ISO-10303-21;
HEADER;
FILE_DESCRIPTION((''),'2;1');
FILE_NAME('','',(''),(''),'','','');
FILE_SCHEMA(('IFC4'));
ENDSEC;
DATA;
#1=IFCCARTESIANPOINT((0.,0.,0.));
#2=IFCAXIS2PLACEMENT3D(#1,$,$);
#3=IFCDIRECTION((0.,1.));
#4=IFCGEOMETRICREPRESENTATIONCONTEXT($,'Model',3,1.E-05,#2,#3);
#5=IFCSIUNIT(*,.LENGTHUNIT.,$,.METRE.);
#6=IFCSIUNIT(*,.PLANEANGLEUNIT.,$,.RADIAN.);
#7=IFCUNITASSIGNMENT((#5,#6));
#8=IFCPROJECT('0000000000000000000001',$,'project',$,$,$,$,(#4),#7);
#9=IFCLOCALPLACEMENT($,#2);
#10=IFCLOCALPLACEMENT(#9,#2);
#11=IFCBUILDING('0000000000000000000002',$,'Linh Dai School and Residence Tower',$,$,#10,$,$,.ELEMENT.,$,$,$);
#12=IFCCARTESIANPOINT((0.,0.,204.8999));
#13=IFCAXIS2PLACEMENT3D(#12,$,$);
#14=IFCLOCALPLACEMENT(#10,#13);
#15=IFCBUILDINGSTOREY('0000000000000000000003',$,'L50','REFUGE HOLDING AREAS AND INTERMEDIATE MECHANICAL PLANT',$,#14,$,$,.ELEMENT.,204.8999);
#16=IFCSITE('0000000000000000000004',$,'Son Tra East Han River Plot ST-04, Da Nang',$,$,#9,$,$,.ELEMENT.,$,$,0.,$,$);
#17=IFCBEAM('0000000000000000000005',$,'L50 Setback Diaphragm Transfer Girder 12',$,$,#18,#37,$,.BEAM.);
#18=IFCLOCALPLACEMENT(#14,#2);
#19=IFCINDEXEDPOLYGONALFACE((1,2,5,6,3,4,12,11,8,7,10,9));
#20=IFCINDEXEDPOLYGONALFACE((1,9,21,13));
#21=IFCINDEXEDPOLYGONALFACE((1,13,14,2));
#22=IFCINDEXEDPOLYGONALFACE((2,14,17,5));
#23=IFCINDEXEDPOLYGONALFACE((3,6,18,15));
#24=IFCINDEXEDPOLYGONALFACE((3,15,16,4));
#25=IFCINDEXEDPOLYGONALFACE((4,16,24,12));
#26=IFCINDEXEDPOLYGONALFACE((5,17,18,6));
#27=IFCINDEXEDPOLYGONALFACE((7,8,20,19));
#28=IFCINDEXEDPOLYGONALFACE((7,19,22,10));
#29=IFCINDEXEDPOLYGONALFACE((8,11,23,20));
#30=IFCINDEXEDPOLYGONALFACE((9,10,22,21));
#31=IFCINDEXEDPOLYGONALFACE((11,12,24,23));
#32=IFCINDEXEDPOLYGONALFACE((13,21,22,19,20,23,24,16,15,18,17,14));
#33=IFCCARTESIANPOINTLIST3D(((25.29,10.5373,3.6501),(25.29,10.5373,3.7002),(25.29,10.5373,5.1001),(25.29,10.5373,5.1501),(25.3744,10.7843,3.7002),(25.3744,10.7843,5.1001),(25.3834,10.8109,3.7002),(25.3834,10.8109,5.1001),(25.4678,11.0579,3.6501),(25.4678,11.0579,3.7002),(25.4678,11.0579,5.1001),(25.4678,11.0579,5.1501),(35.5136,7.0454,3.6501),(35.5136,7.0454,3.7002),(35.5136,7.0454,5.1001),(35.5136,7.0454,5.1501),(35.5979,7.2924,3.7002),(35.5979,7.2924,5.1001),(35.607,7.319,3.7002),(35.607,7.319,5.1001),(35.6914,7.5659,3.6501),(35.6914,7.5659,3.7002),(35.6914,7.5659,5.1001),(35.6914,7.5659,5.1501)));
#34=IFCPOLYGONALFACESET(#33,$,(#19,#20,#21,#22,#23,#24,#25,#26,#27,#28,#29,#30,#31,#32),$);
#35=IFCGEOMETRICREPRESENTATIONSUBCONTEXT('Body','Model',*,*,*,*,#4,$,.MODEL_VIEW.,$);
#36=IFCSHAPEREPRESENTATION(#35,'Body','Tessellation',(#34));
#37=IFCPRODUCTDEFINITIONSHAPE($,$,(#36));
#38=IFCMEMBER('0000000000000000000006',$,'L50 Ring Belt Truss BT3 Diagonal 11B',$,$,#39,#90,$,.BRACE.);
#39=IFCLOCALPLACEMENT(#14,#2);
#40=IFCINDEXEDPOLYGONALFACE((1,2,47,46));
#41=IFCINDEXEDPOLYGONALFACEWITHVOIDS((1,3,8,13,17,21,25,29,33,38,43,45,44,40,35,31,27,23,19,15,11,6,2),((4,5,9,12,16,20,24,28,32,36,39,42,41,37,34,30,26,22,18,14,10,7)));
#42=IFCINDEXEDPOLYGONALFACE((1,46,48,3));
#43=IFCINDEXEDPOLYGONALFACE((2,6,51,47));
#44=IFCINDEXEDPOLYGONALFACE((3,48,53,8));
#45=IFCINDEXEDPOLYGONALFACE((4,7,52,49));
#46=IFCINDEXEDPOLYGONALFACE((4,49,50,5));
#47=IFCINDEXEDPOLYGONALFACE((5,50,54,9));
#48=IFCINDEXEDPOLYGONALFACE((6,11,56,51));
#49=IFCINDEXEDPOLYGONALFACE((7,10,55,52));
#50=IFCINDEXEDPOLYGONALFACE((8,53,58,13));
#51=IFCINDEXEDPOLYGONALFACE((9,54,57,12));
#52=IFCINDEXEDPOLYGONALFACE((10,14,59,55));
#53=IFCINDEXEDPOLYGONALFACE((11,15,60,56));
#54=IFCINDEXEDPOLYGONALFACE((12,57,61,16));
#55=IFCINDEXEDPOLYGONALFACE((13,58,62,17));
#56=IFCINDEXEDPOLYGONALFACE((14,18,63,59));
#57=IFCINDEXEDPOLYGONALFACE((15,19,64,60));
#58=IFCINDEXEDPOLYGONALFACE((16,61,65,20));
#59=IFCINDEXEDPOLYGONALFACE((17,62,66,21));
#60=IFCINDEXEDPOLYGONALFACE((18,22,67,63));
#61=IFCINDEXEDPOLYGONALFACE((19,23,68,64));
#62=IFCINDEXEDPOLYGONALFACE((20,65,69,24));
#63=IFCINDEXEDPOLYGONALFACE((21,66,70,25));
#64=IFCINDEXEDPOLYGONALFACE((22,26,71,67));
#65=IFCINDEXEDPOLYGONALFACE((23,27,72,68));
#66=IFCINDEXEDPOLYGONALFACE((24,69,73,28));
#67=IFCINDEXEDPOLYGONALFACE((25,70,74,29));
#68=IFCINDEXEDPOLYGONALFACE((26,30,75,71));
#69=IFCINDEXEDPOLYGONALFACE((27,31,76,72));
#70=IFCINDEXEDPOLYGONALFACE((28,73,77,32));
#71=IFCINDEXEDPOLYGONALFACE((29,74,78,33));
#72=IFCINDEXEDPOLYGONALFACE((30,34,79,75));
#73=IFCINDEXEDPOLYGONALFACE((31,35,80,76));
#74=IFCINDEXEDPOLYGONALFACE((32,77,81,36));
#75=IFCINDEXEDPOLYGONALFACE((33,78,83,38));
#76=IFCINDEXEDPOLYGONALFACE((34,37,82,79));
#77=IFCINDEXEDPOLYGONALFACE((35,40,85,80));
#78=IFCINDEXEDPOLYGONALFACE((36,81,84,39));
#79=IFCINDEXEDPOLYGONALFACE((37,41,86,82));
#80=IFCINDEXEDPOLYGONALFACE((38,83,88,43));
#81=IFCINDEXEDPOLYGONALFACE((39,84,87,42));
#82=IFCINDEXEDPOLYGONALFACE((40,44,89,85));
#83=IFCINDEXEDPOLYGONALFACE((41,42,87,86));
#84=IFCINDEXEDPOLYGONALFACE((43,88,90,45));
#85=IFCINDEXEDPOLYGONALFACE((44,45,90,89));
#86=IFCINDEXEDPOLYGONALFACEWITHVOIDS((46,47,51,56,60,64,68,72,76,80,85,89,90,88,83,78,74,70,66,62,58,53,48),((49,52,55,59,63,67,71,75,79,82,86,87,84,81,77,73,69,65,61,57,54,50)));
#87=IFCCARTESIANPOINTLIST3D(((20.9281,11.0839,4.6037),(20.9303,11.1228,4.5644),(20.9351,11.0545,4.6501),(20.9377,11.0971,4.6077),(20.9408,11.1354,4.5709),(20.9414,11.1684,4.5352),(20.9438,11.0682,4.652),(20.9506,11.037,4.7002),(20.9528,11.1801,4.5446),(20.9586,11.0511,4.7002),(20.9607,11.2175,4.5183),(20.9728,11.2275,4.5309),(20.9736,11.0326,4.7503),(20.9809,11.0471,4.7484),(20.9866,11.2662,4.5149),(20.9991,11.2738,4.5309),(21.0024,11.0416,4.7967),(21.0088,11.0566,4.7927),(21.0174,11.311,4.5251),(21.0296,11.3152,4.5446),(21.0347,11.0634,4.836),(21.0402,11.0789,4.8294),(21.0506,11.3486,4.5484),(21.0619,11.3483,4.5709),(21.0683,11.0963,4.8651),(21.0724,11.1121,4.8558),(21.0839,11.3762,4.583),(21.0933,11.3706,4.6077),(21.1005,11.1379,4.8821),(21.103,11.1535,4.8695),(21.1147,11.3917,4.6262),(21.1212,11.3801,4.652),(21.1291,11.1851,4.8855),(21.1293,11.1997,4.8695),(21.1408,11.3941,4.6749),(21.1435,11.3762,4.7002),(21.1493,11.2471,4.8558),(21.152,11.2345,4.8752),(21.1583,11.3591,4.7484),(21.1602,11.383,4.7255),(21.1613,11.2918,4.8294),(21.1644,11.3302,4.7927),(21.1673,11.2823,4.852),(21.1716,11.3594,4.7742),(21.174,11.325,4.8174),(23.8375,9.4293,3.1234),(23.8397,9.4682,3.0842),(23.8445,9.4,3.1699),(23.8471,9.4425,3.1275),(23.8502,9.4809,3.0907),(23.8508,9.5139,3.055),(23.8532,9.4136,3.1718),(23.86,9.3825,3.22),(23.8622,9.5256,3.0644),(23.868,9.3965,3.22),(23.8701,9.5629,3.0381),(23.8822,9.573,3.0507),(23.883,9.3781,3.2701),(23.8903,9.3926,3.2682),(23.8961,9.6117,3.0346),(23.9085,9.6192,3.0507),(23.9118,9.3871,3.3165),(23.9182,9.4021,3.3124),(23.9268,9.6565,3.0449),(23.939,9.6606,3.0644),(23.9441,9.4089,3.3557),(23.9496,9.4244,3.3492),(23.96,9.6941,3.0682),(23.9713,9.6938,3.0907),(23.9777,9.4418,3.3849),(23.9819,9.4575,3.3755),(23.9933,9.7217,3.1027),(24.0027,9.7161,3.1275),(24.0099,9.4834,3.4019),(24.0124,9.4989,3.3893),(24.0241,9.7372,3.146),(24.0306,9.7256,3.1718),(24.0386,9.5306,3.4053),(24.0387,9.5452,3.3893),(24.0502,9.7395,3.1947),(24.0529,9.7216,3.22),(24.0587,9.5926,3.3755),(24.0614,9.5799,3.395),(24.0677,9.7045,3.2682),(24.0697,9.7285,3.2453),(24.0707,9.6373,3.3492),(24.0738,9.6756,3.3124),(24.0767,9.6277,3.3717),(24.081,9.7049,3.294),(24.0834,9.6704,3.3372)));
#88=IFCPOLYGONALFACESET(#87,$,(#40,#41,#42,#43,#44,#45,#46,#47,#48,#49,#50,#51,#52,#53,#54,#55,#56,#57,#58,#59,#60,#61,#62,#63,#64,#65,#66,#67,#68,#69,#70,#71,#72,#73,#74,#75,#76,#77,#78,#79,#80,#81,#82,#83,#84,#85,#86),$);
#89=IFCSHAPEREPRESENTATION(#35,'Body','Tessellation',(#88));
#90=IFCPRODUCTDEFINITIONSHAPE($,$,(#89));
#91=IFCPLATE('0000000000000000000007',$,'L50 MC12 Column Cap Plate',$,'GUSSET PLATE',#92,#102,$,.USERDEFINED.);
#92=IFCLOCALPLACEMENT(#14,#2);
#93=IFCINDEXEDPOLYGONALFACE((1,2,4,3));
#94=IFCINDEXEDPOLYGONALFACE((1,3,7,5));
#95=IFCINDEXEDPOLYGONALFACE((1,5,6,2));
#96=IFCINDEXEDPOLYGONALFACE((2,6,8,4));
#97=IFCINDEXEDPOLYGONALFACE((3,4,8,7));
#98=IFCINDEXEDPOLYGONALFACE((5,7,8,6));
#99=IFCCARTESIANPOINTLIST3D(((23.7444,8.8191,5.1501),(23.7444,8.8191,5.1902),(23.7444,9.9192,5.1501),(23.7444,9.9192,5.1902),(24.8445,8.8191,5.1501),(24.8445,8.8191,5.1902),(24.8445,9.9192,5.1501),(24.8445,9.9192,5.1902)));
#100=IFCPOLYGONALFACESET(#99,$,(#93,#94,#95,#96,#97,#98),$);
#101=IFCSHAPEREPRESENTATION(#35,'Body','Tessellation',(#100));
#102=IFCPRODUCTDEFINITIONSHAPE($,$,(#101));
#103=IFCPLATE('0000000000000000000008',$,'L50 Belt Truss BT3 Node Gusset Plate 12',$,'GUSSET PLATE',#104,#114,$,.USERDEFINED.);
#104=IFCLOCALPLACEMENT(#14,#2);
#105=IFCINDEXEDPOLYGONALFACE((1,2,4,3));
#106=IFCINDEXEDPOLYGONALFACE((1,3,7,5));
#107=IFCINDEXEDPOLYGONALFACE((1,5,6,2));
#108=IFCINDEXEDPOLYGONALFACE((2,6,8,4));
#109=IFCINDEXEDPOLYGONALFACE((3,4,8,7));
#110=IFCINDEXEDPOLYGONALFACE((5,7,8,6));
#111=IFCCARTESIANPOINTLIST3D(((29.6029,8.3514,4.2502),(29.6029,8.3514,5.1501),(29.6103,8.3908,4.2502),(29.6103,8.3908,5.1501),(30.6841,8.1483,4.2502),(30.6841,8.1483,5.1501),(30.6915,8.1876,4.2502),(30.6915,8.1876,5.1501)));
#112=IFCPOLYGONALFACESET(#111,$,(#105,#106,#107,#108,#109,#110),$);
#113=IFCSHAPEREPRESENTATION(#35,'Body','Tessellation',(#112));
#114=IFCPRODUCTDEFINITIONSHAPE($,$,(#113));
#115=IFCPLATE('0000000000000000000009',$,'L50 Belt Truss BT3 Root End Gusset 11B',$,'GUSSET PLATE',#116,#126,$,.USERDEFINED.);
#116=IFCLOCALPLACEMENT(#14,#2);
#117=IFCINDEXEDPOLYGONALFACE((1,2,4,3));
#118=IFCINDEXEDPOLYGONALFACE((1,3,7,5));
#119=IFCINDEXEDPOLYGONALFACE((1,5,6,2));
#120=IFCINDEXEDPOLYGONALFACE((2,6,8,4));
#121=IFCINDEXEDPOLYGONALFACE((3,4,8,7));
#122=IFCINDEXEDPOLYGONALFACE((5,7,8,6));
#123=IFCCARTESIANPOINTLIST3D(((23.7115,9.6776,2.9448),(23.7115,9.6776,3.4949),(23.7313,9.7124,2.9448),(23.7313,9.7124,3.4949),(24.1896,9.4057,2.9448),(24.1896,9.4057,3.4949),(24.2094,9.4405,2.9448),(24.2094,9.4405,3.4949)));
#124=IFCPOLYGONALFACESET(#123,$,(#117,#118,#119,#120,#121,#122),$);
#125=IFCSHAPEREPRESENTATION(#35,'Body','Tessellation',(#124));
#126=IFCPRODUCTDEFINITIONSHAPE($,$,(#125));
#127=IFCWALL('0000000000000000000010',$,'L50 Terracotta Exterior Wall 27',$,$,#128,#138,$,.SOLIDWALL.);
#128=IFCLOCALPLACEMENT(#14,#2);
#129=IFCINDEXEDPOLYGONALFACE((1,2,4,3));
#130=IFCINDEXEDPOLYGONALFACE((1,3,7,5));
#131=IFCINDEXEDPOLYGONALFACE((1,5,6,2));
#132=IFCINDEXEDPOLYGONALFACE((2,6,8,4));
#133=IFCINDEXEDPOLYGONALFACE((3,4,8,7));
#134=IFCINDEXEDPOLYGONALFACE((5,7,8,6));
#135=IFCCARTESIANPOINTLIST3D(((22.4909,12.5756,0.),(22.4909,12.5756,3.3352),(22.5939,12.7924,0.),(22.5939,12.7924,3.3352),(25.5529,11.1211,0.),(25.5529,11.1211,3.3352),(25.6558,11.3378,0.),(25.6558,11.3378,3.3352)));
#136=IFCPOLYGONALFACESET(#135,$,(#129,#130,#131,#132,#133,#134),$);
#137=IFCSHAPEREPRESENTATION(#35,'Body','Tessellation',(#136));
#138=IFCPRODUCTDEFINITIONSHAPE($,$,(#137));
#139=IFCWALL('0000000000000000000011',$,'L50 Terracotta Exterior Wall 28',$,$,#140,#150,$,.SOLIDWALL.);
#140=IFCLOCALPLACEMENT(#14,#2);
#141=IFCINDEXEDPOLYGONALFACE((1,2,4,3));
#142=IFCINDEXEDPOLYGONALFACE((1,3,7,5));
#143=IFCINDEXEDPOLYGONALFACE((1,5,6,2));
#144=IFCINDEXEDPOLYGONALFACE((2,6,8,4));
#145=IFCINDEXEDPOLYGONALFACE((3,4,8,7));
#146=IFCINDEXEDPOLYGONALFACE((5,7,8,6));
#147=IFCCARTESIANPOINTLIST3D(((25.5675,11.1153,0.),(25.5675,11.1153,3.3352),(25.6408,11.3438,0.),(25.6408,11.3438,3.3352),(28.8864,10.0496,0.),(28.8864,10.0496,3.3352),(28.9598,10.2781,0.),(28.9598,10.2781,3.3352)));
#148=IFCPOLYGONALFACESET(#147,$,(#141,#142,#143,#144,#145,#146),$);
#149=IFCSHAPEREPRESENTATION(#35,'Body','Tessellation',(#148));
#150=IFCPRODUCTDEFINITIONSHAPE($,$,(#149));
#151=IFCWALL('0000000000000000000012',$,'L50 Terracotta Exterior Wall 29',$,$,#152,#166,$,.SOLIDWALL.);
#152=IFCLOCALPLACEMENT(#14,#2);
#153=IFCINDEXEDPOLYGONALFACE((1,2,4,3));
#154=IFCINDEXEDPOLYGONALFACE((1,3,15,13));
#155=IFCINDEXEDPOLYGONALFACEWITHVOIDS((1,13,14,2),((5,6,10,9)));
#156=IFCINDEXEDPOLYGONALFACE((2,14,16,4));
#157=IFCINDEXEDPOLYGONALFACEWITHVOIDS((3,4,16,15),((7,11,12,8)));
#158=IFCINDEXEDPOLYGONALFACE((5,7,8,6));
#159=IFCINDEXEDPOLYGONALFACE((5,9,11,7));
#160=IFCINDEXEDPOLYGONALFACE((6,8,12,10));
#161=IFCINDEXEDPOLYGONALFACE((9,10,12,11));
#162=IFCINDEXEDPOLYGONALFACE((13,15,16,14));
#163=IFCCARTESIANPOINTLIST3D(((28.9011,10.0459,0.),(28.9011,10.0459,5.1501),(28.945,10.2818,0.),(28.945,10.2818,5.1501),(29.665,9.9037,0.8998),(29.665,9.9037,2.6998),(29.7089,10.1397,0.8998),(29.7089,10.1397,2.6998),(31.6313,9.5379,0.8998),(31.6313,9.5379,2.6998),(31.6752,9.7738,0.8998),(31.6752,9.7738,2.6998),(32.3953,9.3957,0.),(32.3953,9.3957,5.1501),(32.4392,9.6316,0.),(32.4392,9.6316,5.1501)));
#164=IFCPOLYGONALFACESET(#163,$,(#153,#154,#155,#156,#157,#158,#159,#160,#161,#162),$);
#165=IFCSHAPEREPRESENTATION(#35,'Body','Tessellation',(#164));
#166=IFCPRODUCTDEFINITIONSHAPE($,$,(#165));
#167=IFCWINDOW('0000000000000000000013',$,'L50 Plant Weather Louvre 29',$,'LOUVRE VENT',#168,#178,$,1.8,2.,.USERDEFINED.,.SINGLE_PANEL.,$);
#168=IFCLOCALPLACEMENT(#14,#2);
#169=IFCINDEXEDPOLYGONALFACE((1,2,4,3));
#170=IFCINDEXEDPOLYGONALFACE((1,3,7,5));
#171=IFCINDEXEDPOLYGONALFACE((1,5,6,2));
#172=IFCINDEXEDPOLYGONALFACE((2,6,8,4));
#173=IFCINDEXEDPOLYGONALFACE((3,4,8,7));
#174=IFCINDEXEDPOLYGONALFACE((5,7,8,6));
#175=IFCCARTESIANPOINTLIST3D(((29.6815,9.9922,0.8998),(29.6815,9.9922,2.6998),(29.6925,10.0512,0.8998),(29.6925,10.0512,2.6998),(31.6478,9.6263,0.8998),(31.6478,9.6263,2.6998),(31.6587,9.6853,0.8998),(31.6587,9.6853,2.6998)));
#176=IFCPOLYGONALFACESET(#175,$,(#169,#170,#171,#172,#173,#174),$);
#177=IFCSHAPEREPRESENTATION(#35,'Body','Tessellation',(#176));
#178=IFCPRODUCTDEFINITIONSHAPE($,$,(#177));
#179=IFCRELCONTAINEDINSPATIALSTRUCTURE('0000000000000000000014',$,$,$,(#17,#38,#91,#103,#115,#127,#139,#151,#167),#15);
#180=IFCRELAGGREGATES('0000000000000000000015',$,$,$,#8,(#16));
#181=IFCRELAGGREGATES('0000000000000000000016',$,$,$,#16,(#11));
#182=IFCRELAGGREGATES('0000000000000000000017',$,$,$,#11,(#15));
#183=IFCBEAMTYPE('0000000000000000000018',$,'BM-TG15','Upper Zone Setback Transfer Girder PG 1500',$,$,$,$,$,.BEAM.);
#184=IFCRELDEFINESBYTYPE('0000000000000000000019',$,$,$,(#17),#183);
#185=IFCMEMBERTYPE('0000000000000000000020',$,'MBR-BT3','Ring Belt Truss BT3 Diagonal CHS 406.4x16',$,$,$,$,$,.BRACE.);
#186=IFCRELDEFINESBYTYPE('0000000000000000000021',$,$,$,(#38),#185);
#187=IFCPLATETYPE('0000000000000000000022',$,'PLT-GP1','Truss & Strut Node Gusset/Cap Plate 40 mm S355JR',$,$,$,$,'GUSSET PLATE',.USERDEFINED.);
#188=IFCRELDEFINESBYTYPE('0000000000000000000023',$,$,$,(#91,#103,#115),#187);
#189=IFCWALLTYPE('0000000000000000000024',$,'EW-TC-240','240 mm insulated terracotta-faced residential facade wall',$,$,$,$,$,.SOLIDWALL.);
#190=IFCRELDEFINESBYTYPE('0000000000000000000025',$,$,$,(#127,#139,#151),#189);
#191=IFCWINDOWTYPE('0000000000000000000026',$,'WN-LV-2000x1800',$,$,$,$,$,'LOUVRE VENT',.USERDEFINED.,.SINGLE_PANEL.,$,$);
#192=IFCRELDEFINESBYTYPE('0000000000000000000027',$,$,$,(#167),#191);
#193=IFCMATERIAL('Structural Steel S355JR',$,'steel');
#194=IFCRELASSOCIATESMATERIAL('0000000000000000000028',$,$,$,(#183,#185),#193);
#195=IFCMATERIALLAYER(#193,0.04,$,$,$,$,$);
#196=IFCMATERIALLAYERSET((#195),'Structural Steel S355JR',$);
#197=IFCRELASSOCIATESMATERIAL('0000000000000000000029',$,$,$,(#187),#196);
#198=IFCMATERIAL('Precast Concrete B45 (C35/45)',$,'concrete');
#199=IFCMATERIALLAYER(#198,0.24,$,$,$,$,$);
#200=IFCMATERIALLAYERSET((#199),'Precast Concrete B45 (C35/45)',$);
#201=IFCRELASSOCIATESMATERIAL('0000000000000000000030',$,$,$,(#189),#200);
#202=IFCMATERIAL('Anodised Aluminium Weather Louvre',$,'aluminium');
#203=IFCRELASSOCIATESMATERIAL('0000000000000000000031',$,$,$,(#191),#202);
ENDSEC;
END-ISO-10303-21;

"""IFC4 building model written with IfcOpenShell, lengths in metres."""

from ifc_helpers import new_model, si_unit, direction, frame, frame_2d, origin, origin_2d, place, context, subcontext, project, spatial, rectangle, hollow_circle, i_section, extrude, source, transform, mapped, material, layer, layer_set, material_profile, profile_set, type_object, element, fill, save


model = new_model("IFC4")

# Units and contexts
model_context = context("Model", 3, precision=1e-05, world=origin(), true_north=direction((0.0, 1.0)))
body_context = subcontext(model_context, "Body", "Model", "MODEL_VIEW")
ifc_project = project(units=[si_unit("LENGTHUNIT", "METRE"), si_unit("PLANEANGLEUNIT", "RADIAN")], contexts=[model_context])

# Site, building, storey
site_placement = place(None, origin())
site = spatial("IfcSite", under=ifc_project, at=site_placement, Name="Son Tra East Han River Plot ST-04, Da Nang", CompositionType="ELEMENT", RefElevation=0.0)
building_placement = place(site_placement, origin())
building = spatial("IfcBuilding", under=site, at=building_placement, Name="Linh Dai School and Residence Tower", CompositionType="ELEMENT")
storey_placement = place(building_placement, frame((0.0, 0.0, 204.8999)))
storey = spatial("IfcBuildingStorey", under=building, at=storey_placement, Name="L50", Description="REFUGE HOLDING AREAS AND INTERMEDIATE MECHANICAL PLANT", CompositionType="ELEMENT", Elevation=204.8999)

# Shared definitions
ifc_material_1 = material(Name="Structural Steel S355JR", Category="steel")

# Beam
ifc_material_profile_1 = material_profile(ifc_material_1, i_section(OverallWidth=0.55, OverallDepth=1.5, WebThickness=0.0281, FlangeThickness=0.05, at=origin_2d()), Name="PG 1500x550x28x50")
ifc_profile_set_1 = profile_set([ifc_material_profile_1], Name="Structural Steel S355JR")
beam_type_1 = type_object("IfcBeamType", Name="BM-TG15", Description="Upper Zone Setback Transfer Girder PG 1500", PredefinedType="BEAM", material=ifc_profile_set_1)
beam_1_placement = place(storey_placement, frame((25.3789, 10.7976, 4.4001), z_axis=(0.946323, -0.323222, 0.0), x_axis=(0.323222, 0.946323, 0.0)))
element("IfcBeam", 1, at=beam_1_placement, inside=storey, type_object=beam_type_1, Name="L50 Setback Diaphragm Transfer Girder 12", PredefinedType="BEAM", context=body_context, shape_type="SweptSolid", body=[
    extrude(i_section(OverallWidth=0.55, OverallDepth=1.5, WebThickness=0.0281, FlangeThickness=0.05, at=origin_2d()), origin(), (0.0, 0.0, 1.0), 10.8035),
])

# Member
ifc_material_profile_2 = material_profile(ifc_material_1, hollow_circle(Radius=0.2031, WallThickness=0.0161, at=origin_2d()), Name="CHS 406.4x16")
ifc_profile_set_2 = profile_set([ifc_material_profile_2], Name="Structural Steel S355JR")
member_type = type_object("IfcMemberType", Name="MBR-BT3", Description="Ring Belt Truss BT3 Diagonal CHS 406.4x16", PredefinedType="BRACE", material=ifc_profile_set_2)
member_placement = place(storey_placement, frame((23.9604, 9.5591, 3.22), z_axis=(-0.794992, 0.452099, 0.404467), x_axis=(-0.494339, -0.869269, 0.0)))
element("IfcMember", 2, at=member_placement, inside=storey, type_object=member_type, Name="L50 Ring Belt Truss BT3 Diagonal 11B", PredefinedType="BRACE", context=body_context, shape_type="SweptSolid", body=[
    extrude(hollow_circle(Radius=0.2031, WallThickness=0.0161, at=origin_2d()), origin(), (0.0, 0.0, 1.0), 3.6597),
])

# Plates
ifc_layer_1 = layer(ifc_material_1, 0.04)
ifc_layer_set_1 = layer_set([ifc_layer_1], Name="Structural Steel S355JR")
plate_type = type_object("IfcPlateType", Name="PLT-GP1", Description="Truss & Strut Node Gusset/Cap Plate 40 mm S355JR", ElementType="GUSSET PLATE", PredefinedType="USERDEFINED", material=ifc_layer_set_1)
shared_shape_1 = source(origin(), body_context, "Body", "SweptSolid", [
    extrude(rectangle(XDim=1.1001, YDim=1.1001, at=origin_2d()), origin(), (0.0, 0.0, 1.0), 0.04),
])
plate_1_placement = place(storey_placement, frame((24.2944, 9.3691, 5.1501), z_axis=(0.0, 0.0, 1.0), x_axis=(1.0, 0.0, 0.0)))
element("IfcPlate", 3, at=plate_1_placement, inside=storey, type_object=plate_type, Name="L50 MC12 Column Cap Plate", ObjectType="GUSSET PLATE", PredefinedType="USERDEFINED", context=body_context, shape_type="MappedRepresentation", body=[
    mapped(shared_shape_1, transform((0.0, 0.0, 0.0), x_axis=(1.0, 0.0, 0.0), y_axis=(0.0, 1.0, 0.0), z_axis=(0.0, 0.0, 1.0), scale=1.0)),
])
shared_shape_2 = source(origin(), body_context, "Body", "SweptSolid", [
    extrude(rectangle(XDim=1.1001, YDim=0.04, at=origin_2d()), origin(), (0.0, 0.0, 1.0), 0.8999),
])
plate_2_placement = place(storey_placement, frame((30.1472, 8.2695, 4.2502), z_axis=(0.0, 0.0, 1.0), x_axis=(0.982806, -0.18464, 0.0)))
element("IfcPlate", 4, at=plate_2_placement, inside=storey, type_object=plate_type, Name="L50 Belt Truss BT3 Node Gusset Plate 12", ObjectType="GUSSET PLATE", PredefinedType="USERDEFINED", context=body_context, shape_type="MappedRepresentation", body=[
    mapped(shared_shape_2, transform((0.0, 0.0, 0.0), x_axis=(1.0, 0.0, 0.0), y_axis=(0.0, 1.0, 0.0), z_axis=(0.0, 0.0, 1.0), scale=1.0)),
])
shared_shape_3 = source(origin(), body_context, "Body", "SweptSolid", [
    extrude(rectangle(XDim=0.55, YDim=0.04, at=origin_2d()), origin(), (0.0, 0.0, 1.0), 0.55),
])
plate_3_placement = place(storey_placement, frame((23.9604, 9.5591, 2.9448), z_axis=(0.0, 0.0, 1.0), x_axis=(0.869261, -0.494353, 0.0)))
element("IfcPlate", 5, at=plate_3_placement, inside=storey, type_object=plate_type, Name="L50 Belt Truss BT3 Root End Gusset 11B", ObjectType="GUSSET PLATE", PredefinedType="USERDEFINED", context=body_context, shape_type="MappedRepresentation", body=[
    mapped(shared_shape_3, transform((0.0, 0.0, 0.0), x_axis=(1.0, 0.0, 0.0), y_axis=(0.0, 1.0, 0.0), z_axis=(0.0, 0.0, 1.0), scale=1.0)),
])

# Walls
ifc_material_2 = material(Name="Precast Concrete B45 (C35/45)", Category="concrete")
ifc_layer_2 = layer(ifc_material_2, 0.24)
ifc_layer_set_2 = layer_set([ifc_layer_2], Name="Precast Concrete B45 (C35/45)")
wall_type_1 = type_object("IfcWallType", Name="EW-TC-240", Description="240 mm insulated terracotta-faced residential facade wall", PredefinedType="SOLIDWALL", material=ifc_layer_set_2)
wall_1_placement = place(storey_placement, frame((25.6042, 11.2295, 0.0), z_axis=(0.0, 0.0, 1.0), x_axis=(-0.903262, 0.429089, 0.0)))
element("IfcWall", 6, at=wall_1_placement, inside=storey, type_object=wall_type_1, Name="L50 Terracotta Exterior Wall 27", PredefinedType="SOLIDWALL", context=body_context, shape_type="SweptSolid", body=[
    extrude(rectangle(XDim=3.3899, YDim=0.24, at=frame_2d((1.6948, 0.0))), origin(), (0.0, 0.0, 1.0), 3.3352),
])
wall_2_placement = place(storey_placement, frame((28.9231, 10.1638, 0.0), z_axis=(0.0, 0.0, 1.0), x_axis=(-0.95212, 0.305724, 0.0)))
element("IfcWall", 7, at=wall_2_placement, inside=storey, type_object=wall_type_1, Name="L50 Terracotta Exterior Wall 28", PredefinedType="SOLIDWALL", context=body_context, shape_type="SweptSolid", body=[
    extrude(rectangle(XDim=3.4858, YDim=0.24, at=frame_2d((1.7429, 0.0))), origin(), (0.0, 0.0, 1.0), 3.3352),
])

# Wall, opening, window
wall_3_placement = place(storey_placement, frame((32.4172, 9.5137, 0.0), z_axis=(0.0, 0.0, 1.0), x_axis=(-0.983126, 0.182928, 0.0)))
wall_3 = element("IfcWall", 8, at=wall_3_placement, inside=storey, type_object=wall_type_1, Name="L50 Terracotta Exterior Wall 29", PredefinedType="SOLIDWALL", context=body_context, shape_type="SweptSolid", body=[
    extrude(rectangle(XDim=3.5542, YDim=0.24, at=frame_2d((1.7771, 0.0))), origin(), (0.0, 0.0, 1.0), 5.1501),
])
opening_1_placement = place(wall_3_placement, frame((0.7771, 0.0, 0.8999)))
opening_1 = element("IfcOpeningElement", 9, at=opening_1_placement, cuts=wall_3, PredefinedType="OPENING", context=body_context, shape_type="SweptSolid", body=[
    extrude(rectangle(XDim=2.0, YDim=1.8, at=origin_2d()), frame((1.0, 0.1299, 0.8999), z_axis=(0.0, -1.0, 0.0), x_axis=(1.0, 0.0, 0.0)), (0.0, 0.0, 1.0), 0.26),
])
ifc_material_3 = material(Name="Anodised Aluminium Weather Louvre", Category="aluminium")
window_type = type_object("IfcWindowType", Name="WN-LV-2000x1800", ElementType="LOUVRE VENT", PartitioningType="SINGLE_PANEL", PredefinedType="USERDEFINED", material=ifc_material_3)
shared_shape_4 = source(origin(), body_context, "Body", "SweptSolid", [
    extrude(rectangle(XDim=2.0, YDim=1.8, at=origin_2d()), frame((1.0, 0.03, 0.8999), z_axis=(0.0, -1.0, 0.0), x_axis=(1.0, 0.0, 0.0)), (0.0, 0.0, 1.0), 0.0601),
])
window_placement = place(opening_1_placement, origin())
window = element("IfcWindow", 10, at=window_placement, inside=storey, type_object=window_type, Name="L50 Plant Weather Louvre 29", ObjectType="LOUVRE VENT", OverallHeight=1.8, OverallWidth=2.0, PartitioningType="SINGLE_PANEL", PredefinedType="USERDEFINED", context=body_context, shape_type="MappedRepresentation", body=[
    mapped(shared_shape_4, transform((0.0, 0.0, 0.0), x_axis=(1.0, 0.0, 0.0), y_axis=(0.0, 1.0, 0.0), z_axis=(0.0, 0.0, 1.0), scale=1.0)),
])
fill(opening_1, window)

save(model, "model.ifc")
